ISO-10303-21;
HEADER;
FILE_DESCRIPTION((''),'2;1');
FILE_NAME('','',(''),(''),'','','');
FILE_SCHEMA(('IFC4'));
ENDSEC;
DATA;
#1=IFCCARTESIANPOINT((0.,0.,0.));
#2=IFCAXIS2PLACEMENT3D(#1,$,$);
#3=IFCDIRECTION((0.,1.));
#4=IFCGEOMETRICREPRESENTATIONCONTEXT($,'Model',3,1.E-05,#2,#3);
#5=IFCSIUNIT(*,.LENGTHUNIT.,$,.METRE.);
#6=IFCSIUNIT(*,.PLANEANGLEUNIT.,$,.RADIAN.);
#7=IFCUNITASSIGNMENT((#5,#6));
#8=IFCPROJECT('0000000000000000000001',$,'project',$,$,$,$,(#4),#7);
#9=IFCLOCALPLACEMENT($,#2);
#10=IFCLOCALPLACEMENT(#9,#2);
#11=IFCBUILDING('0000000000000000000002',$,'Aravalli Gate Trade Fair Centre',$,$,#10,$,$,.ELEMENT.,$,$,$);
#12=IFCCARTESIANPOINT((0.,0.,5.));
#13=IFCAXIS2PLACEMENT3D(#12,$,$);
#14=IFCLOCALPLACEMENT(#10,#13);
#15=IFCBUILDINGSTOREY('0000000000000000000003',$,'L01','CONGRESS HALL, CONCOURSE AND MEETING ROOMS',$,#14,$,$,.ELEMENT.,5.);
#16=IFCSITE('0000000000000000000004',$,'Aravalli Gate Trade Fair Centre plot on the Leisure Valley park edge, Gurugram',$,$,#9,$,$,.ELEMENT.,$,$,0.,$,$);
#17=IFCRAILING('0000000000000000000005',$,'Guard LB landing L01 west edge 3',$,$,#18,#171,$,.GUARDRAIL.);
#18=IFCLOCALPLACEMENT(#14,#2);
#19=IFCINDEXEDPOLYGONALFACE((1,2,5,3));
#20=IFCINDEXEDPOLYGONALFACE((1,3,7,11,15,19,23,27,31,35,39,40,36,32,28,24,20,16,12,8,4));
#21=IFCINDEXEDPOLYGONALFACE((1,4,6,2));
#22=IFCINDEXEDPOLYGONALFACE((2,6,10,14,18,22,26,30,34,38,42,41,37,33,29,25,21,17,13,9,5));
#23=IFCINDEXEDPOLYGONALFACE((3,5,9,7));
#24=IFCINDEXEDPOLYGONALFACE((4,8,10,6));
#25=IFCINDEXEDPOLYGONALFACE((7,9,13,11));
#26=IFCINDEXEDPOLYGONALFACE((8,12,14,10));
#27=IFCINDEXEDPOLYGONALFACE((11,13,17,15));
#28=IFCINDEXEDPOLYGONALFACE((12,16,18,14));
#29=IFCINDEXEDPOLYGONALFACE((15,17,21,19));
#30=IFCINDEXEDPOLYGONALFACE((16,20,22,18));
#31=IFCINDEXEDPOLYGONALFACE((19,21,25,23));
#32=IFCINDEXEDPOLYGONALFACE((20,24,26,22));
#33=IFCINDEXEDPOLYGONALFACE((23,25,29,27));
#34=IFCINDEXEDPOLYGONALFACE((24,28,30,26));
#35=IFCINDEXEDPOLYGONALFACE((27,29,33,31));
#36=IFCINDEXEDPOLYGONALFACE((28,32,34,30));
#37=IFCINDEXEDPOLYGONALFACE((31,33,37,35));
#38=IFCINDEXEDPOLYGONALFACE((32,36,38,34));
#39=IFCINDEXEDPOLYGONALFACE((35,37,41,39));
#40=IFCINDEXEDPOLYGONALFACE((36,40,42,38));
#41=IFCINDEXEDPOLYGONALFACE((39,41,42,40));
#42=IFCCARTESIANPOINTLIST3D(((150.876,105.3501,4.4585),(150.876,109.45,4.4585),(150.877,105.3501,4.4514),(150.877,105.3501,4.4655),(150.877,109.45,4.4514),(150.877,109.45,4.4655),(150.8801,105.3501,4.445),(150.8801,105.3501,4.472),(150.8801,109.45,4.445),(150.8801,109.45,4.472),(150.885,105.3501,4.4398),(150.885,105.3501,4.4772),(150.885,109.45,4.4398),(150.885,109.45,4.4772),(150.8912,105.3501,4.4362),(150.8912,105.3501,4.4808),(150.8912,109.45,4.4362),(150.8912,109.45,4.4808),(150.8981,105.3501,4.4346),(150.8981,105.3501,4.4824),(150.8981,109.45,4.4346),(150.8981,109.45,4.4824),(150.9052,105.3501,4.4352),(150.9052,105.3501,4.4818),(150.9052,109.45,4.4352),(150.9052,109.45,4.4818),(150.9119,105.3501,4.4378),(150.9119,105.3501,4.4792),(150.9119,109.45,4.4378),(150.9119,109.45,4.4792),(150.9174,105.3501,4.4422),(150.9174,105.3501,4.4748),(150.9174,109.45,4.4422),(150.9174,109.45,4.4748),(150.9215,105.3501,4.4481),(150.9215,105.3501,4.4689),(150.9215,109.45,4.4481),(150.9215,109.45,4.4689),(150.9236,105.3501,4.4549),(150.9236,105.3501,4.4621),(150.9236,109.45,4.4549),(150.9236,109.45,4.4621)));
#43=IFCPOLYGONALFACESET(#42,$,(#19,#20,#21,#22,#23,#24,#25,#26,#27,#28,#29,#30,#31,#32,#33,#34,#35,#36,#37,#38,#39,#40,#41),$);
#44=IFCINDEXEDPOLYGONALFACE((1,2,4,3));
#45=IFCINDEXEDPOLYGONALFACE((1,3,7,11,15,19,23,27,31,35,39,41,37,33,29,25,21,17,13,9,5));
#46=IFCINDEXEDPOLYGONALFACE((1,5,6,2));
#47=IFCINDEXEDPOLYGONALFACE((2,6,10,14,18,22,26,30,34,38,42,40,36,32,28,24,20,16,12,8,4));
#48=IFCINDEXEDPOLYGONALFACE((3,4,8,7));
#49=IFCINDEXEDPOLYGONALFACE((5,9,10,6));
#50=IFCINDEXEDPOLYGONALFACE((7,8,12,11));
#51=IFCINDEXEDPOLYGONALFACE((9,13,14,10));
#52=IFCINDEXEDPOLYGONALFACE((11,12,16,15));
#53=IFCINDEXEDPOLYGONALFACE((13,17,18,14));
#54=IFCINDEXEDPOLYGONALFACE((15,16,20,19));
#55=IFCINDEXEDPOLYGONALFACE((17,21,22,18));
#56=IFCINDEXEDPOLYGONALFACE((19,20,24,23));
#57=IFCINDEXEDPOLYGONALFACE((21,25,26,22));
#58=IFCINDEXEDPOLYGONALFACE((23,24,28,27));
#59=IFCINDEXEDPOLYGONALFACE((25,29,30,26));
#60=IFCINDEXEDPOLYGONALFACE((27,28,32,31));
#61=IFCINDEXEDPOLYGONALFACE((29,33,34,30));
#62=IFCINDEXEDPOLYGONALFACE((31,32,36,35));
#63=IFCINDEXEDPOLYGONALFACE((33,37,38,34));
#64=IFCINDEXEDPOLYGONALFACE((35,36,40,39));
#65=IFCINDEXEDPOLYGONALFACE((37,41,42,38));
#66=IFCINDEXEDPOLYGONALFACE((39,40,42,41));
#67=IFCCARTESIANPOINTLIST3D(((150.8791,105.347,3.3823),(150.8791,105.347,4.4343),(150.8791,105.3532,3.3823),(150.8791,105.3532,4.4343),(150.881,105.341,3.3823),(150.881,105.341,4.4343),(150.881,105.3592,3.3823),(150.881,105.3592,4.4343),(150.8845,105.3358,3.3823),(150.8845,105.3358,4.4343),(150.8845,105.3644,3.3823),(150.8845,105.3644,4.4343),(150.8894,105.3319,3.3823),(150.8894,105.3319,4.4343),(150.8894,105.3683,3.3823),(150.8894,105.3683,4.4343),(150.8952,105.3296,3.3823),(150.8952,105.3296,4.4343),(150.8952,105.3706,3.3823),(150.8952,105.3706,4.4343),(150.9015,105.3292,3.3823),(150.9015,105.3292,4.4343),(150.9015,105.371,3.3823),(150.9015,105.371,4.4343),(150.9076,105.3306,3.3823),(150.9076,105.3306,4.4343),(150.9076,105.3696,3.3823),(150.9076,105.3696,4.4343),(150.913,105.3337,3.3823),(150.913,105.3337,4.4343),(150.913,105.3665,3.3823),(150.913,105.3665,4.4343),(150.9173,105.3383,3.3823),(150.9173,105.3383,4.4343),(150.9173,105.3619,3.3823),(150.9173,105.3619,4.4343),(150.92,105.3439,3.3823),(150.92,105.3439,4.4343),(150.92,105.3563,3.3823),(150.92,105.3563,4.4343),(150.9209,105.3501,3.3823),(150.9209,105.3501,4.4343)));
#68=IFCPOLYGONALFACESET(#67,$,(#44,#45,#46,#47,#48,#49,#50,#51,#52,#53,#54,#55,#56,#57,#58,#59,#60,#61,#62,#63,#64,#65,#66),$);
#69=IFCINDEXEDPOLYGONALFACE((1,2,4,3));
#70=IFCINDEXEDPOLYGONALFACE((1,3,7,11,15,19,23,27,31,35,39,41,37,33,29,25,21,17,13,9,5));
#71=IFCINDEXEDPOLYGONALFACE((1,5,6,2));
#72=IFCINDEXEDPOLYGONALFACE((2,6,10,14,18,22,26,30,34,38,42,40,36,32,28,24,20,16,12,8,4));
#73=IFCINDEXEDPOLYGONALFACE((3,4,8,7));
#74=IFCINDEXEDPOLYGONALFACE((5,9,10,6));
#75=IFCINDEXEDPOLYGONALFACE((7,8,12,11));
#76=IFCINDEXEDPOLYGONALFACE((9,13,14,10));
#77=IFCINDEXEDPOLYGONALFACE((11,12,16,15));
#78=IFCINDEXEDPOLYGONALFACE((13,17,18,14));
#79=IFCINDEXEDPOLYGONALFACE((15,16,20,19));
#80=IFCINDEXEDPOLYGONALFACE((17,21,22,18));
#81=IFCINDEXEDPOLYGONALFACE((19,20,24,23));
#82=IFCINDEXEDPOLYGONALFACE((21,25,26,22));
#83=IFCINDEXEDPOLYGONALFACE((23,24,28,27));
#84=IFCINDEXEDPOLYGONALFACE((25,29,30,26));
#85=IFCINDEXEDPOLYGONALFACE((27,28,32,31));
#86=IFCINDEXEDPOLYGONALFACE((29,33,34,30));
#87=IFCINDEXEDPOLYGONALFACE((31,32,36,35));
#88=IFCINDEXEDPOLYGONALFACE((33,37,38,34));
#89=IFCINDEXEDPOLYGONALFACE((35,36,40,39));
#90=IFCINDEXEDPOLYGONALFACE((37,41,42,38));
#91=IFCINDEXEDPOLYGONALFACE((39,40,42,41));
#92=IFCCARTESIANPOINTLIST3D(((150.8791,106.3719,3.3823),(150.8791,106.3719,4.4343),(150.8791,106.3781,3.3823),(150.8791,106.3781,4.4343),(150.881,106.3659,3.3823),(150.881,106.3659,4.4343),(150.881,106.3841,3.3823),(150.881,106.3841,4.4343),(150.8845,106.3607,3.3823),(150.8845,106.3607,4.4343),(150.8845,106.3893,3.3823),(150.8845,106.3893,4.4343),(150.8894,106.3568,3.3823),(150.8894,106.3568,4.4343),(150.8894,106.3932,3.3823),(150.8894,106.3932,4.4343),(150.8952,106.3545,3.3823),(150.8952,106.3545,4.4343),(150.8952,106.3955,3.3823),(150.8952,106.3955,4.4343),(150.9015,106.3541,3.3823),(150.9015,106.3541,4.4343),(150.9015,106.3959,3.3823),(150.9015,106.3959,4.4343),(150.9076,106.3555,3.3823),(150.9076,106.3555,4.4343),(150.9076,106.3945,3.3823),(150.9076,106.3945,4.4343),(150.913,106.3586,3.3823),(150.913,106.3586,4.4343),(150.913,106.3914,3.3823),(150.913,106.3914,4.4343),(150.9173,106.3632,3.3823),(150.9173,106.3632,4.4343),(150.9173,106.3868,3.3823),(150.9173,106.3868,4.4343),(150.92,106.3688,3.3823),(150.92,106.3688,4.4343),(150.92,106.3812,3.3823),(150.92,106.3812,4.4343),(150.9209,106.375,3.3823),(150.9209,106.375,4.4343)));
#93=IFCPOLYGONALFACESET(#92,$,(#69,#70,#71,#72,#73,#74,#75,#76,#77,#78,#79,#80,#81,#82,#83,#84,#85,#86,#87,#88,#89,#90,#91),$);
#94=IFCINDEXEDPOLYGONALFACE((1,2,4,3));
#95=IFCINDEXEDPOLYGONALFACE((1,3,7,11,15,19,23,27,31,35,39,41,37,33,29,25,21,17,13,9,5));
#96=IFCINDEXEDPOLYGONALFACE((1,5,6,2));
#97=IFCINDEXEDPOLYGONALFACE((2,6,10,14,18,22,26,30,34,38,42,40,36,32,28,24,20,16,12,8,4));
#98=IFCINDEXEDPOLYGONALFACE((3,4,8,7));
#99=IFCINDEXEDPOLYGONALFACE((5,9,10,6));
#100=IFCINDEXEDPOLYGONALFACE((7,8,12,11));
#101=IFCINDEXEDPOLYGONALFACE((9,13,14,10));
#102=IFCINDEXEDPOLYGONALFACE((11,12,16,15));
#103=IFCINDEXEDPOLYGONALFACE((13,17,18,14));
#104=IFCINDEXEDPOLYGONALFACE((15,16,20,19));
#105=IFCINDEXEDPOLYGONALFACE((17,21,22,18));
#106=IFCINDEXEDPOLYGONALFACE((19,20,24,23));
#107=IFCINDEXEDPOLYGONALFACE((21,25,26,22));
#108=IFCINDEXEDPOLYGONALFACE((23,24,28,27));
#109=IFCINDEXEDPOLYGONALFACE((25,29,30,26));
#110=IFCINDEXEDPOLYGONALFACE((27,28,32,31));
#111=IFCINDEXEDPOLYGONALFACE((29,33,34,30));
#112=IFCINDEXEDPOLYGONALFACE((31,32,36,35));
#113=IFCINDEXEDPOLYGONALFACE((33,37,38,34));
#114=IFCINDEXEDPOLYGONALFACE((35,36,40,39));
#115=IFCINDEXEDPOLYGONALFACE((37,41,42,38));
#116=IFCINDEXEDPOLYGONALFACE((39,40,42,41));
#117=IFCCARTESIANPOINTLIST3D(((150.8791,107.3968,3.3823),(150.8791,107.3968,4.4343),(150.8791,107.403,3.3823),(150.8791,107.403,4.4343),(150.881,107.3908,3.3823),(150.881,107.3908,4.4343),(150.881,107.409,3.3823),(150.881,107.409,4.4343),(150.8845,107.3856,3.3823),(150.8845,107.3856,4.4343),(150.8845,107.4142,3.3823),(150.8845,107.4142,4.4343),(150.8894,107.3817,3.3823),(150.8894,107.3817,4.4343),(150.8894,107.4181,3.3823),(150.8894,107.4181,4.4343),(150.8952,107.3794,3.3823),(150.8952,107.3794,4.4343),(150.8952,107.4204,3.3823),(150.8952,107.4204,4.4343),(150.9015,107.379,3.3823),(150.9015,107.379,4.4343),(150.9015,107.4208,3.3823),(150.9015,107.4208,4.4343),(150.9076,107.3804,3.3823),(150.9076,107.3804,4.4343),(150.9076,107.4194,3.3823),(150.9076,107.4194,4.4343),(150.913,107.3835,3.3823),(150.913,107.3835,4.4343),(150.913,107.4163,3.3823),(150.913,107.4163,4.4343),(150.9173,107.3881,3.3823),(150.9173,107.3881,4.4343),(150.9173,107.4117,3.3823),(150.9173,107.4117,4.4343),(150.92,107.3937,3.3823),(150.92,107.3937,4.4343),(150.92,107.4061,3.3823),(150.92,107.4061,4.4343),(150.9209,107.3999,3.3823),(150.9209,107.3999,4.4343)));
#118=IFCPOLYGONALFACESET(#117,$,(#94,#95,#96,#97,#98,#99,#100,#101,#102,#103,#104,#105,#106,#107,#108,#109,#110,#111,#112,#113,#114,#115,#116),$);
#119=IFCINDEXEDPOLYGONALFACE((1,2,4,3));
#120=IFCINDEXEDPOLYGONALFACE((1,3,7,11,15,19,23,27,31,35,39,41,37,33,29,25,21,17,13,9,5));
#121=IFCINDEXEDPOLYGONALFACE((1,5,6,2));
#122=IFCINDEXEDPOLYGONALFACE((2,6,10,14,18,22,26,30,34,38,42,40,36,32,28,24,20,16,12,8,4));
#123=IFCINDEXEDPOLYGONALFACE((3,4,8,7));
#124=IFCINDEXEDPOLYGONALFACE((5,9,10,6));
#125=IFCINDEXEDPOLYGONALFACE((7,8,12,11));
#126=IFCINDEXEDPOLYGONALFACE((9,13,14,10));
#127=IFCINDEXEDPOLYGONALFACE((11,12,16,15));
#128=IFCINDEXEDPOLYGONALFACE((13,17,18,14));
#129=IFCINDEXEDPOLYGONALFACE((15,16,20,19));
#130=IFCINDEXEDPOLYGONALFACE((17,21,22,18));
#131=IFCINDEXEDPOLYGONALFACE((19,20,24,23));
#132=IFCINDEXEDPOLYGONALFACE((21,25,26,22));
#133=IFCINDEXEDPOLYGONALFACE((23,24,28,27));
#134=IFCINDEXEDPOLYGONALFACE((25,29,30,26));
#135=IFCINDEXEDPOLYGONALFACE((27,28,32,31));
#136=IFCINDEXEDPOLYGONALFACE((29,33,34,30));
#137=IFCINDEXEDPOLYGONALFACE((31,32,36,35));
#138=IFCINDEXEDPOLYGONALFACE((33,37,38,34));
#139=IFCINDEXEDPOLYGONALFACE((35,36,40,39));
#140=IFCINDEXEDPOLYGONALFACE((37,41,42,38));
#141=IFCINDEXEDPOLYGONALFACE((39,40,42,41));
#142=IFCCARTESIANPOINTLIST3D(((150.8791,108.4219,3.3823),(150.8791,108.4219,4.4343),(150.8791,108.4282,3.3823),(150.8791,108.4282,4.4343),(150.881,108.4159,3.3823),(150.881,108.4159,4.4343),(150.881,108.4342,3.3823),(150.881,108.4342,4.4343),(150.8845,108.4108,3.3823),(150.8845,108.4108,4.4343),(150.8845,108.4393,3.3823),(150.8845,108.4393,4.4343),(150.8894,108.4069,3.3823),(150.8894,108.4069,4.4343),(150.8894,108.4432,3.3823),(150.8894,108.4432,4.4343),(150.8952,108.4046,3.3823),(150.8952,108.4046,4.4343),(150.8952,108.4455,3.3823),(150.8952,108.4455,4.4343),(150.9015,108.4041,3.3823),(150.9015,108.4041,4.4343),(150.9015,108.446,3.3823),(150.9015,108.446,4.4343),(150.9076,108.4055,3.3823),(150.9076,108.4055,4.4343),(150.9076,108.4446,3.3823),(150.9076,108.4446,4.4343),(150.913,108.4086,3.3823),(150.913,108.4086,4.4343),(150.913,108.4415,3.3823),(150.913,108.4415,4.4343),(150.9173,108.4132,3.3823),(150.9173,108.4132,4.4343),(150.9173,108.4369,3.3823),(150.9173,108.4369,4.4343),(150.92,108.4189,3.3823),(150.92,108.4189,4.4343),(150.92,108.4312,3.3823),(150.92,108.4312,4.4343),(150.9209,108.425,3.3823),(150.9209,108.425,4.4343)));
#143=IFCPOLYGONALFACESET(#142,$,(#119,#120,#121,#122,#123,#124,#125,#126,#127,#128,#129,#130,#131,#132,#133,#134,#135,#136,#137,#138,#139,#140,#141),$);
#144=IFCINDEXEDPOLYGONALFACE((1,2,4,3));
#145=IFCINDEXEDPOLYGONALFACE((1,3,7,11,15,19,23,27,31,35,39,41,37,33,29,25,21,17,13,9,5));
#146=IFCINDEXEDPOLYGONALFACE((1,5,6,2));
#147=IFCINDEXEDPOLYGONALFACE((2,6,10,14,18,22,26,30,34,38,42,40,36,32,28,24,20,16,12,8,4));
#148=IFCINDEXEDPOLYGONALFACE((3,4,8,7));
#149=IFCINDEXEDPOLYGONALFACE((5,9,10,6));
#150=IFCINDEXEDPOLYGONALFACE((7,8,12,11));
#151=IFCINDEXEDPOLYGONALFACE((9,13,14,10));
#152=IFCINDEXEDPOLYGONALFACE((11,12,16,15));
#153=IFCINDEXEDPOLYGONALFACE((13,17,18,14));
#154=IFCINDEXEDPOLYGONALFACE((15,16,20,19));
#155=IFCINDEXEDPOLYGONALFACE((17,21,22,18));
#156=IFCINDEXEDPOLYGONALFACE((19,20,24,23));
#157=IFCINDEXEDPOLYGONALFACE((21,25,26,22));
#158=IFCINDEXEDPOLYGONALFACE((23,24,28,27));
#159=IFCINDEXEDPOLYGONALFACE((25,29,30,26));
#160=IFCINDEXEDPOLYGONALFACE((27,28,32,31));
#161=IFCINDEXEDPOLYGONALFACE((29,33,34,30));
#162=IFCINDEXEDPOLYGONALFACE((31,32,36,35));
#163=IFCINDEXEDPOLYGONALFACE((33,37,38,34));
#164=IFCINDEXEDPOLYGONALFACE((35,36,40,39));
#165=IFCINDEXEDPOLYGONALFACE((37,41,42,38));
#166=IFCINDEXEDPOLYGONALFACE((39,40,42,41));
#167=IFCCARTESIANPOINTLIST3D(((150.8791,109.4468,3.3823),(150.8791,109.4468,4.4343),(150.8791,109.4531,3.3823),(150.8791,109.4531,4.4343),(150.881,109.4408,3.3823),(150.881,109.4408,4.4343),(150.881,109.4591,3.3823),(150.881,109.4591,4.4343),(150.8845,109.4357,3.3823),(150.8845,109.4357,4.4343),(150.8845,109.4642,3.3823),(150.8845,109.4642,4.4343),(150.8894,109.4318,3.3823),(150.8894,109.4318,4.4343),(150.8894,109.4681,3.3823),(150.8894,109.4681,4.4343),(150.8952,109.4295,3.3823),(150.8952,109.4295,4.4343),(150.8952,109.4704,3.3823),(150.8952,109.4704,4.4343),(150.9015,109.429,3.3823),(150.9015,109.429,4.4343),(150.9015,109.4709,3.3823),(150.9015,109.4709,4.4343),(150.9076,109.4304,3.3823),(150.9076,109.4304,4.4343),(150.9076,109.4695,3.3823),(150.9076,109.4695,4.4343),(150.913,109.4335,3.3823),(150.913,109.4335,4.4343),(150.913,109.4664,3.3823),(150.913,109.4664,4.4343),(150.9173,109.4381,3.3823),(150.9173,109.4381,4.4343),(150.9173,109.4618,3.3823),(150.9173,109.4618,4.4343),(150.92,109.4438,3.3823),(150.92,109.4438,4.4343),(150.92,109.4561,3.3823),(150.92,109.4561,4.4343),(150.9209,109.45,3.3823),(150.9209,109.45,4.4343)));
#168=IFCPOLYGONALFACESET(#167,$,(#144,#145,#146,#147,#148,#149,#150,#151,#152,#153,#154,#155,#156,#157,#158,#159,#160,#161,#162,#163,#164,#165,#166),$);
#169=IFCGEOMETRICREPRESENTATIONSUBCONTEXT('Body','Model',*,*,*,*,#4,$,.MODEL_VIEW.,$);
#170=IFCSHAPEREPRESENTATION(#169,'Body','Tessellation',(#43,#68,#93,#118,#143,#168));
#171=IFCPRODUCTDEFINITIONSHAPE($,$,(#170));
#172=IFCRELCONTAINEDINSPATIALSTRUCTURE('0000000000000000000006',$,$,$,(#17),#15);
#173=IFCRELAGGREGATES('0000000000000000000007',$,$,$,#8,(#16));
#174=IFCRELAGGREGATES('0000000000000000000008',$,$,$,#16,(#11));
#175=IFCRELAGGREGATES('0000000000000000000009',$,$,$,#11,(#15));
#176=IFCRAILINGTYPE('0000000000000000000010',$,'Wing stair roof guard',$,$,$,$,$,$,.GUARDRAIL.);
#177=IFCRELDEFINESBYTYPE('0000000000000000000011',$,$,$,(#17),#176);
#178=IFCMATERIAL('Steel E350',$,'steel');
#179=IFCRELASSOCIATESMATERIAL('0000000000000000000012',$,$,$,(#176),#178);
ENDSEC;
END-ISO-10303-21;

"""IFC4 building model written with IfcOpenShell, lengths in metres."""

from ifc_helpers import new_model, si_unit, direction, frame, origin, origin_2d, place, context, subcontext, project, spatial, circle, extrude, material, type_object, element, save


model = new_model("IFC4")

# Units and contexts
model_context = context("Model", 3, precision=1e-05, world=origin(), true_north=direction((0.0, 1.0)))
body_context = subcontext(model_context, "Body", "Model", "MODEL_VIEW")
ifc_project = project(units=[si_unit("LENGTHUNIT", "METRE"), si_unit("PLANEANGLEUNIT", "RADIAN")], contexts=[model_context])

# Site, building, storey
site_placement = place(None, origin())
site = spatial("IfcSite", under=ifc_project, at=site_placement, Name="Aravalli Gate Trade Fair Centre plot on the Leisure Valley park edge, Gurugram", CompositionType="ELEMENT", RefElevation=0.0)
building_placement = place(site_placement, origin())
building = spatial("IfcBuilding", under=site, at=building_placement, Name="Aravalli Gate Trade Fair Centre", CompositionType="ELEMENT")
storey_placement = place(building_placement, frame((0.0, 0.0, 5.0)))
storey = spatial("IfcBuildingStorey", under=building, at=storey_placement, Name="L01", Description="CONGRESS HALL, CONCOURSE AND MEETING ROOMS", CompositionType="ELEMENT", Elevation=5.0)

# Shared definitions
ifc_material_1 = material(Name="Steel E350", Category="steel")

# Railing
railing_type_1 = type_object("IfcRailingType", Name="Wing stair roof guard", PredefinedType="GUARDRAIL", material=ifc_material_1)
for number, where, name in (
    (1, (150.8999, 105.3501, 3.3823), "Guard LB landing L01 west edge 3"),
):
    element("IfcRailing", number, at=place(storey_placement, frame(where)), inside=storey, type_object=railing_type_1, Name=name, PredefinedType="GUARDRAIL", context=body_context, shape_type="SweptSolid", body=[
        extrude(circle(Radius=0.0239, at=origin_2d()), frame((0.0, 0.0, 1.0762), z_axis=(0.0, 1.0, 0.0), x_axis=(-1.0, 0.0, 0.0)), (0.0, 0.0, 1.0), 4.0999),
        extrude(circle(Radius=0.021, at=origin_2d()), origin(), (0.0, 0.0, 1.0), 1.052),
        extrude(circle(Radius=0.021, at=origin_2d()), frame((0.0, 1.0249, 0.0)), (0.0, 0.0, 1.0), 1.052),
        extrude(circle(Radius=0.021, at=origin_2d()), frame((0.0, 2.0498, 0.0)), (0.0, 0.0, 1.0), 1.052),
        extrude(circle(Radius=0.021, at=origin_2d()), frame((0.0, 3.075, 0.0)), (0.0, 0.0, 1.0), 1.052),
        extrude(circle(Radius=0.021, at=origin_2d()), frame((0.0, 4.0999, 0.0)), (0.0, 0.0, 1.0), 1.052),
    ])

save(model, "model.ifc")
